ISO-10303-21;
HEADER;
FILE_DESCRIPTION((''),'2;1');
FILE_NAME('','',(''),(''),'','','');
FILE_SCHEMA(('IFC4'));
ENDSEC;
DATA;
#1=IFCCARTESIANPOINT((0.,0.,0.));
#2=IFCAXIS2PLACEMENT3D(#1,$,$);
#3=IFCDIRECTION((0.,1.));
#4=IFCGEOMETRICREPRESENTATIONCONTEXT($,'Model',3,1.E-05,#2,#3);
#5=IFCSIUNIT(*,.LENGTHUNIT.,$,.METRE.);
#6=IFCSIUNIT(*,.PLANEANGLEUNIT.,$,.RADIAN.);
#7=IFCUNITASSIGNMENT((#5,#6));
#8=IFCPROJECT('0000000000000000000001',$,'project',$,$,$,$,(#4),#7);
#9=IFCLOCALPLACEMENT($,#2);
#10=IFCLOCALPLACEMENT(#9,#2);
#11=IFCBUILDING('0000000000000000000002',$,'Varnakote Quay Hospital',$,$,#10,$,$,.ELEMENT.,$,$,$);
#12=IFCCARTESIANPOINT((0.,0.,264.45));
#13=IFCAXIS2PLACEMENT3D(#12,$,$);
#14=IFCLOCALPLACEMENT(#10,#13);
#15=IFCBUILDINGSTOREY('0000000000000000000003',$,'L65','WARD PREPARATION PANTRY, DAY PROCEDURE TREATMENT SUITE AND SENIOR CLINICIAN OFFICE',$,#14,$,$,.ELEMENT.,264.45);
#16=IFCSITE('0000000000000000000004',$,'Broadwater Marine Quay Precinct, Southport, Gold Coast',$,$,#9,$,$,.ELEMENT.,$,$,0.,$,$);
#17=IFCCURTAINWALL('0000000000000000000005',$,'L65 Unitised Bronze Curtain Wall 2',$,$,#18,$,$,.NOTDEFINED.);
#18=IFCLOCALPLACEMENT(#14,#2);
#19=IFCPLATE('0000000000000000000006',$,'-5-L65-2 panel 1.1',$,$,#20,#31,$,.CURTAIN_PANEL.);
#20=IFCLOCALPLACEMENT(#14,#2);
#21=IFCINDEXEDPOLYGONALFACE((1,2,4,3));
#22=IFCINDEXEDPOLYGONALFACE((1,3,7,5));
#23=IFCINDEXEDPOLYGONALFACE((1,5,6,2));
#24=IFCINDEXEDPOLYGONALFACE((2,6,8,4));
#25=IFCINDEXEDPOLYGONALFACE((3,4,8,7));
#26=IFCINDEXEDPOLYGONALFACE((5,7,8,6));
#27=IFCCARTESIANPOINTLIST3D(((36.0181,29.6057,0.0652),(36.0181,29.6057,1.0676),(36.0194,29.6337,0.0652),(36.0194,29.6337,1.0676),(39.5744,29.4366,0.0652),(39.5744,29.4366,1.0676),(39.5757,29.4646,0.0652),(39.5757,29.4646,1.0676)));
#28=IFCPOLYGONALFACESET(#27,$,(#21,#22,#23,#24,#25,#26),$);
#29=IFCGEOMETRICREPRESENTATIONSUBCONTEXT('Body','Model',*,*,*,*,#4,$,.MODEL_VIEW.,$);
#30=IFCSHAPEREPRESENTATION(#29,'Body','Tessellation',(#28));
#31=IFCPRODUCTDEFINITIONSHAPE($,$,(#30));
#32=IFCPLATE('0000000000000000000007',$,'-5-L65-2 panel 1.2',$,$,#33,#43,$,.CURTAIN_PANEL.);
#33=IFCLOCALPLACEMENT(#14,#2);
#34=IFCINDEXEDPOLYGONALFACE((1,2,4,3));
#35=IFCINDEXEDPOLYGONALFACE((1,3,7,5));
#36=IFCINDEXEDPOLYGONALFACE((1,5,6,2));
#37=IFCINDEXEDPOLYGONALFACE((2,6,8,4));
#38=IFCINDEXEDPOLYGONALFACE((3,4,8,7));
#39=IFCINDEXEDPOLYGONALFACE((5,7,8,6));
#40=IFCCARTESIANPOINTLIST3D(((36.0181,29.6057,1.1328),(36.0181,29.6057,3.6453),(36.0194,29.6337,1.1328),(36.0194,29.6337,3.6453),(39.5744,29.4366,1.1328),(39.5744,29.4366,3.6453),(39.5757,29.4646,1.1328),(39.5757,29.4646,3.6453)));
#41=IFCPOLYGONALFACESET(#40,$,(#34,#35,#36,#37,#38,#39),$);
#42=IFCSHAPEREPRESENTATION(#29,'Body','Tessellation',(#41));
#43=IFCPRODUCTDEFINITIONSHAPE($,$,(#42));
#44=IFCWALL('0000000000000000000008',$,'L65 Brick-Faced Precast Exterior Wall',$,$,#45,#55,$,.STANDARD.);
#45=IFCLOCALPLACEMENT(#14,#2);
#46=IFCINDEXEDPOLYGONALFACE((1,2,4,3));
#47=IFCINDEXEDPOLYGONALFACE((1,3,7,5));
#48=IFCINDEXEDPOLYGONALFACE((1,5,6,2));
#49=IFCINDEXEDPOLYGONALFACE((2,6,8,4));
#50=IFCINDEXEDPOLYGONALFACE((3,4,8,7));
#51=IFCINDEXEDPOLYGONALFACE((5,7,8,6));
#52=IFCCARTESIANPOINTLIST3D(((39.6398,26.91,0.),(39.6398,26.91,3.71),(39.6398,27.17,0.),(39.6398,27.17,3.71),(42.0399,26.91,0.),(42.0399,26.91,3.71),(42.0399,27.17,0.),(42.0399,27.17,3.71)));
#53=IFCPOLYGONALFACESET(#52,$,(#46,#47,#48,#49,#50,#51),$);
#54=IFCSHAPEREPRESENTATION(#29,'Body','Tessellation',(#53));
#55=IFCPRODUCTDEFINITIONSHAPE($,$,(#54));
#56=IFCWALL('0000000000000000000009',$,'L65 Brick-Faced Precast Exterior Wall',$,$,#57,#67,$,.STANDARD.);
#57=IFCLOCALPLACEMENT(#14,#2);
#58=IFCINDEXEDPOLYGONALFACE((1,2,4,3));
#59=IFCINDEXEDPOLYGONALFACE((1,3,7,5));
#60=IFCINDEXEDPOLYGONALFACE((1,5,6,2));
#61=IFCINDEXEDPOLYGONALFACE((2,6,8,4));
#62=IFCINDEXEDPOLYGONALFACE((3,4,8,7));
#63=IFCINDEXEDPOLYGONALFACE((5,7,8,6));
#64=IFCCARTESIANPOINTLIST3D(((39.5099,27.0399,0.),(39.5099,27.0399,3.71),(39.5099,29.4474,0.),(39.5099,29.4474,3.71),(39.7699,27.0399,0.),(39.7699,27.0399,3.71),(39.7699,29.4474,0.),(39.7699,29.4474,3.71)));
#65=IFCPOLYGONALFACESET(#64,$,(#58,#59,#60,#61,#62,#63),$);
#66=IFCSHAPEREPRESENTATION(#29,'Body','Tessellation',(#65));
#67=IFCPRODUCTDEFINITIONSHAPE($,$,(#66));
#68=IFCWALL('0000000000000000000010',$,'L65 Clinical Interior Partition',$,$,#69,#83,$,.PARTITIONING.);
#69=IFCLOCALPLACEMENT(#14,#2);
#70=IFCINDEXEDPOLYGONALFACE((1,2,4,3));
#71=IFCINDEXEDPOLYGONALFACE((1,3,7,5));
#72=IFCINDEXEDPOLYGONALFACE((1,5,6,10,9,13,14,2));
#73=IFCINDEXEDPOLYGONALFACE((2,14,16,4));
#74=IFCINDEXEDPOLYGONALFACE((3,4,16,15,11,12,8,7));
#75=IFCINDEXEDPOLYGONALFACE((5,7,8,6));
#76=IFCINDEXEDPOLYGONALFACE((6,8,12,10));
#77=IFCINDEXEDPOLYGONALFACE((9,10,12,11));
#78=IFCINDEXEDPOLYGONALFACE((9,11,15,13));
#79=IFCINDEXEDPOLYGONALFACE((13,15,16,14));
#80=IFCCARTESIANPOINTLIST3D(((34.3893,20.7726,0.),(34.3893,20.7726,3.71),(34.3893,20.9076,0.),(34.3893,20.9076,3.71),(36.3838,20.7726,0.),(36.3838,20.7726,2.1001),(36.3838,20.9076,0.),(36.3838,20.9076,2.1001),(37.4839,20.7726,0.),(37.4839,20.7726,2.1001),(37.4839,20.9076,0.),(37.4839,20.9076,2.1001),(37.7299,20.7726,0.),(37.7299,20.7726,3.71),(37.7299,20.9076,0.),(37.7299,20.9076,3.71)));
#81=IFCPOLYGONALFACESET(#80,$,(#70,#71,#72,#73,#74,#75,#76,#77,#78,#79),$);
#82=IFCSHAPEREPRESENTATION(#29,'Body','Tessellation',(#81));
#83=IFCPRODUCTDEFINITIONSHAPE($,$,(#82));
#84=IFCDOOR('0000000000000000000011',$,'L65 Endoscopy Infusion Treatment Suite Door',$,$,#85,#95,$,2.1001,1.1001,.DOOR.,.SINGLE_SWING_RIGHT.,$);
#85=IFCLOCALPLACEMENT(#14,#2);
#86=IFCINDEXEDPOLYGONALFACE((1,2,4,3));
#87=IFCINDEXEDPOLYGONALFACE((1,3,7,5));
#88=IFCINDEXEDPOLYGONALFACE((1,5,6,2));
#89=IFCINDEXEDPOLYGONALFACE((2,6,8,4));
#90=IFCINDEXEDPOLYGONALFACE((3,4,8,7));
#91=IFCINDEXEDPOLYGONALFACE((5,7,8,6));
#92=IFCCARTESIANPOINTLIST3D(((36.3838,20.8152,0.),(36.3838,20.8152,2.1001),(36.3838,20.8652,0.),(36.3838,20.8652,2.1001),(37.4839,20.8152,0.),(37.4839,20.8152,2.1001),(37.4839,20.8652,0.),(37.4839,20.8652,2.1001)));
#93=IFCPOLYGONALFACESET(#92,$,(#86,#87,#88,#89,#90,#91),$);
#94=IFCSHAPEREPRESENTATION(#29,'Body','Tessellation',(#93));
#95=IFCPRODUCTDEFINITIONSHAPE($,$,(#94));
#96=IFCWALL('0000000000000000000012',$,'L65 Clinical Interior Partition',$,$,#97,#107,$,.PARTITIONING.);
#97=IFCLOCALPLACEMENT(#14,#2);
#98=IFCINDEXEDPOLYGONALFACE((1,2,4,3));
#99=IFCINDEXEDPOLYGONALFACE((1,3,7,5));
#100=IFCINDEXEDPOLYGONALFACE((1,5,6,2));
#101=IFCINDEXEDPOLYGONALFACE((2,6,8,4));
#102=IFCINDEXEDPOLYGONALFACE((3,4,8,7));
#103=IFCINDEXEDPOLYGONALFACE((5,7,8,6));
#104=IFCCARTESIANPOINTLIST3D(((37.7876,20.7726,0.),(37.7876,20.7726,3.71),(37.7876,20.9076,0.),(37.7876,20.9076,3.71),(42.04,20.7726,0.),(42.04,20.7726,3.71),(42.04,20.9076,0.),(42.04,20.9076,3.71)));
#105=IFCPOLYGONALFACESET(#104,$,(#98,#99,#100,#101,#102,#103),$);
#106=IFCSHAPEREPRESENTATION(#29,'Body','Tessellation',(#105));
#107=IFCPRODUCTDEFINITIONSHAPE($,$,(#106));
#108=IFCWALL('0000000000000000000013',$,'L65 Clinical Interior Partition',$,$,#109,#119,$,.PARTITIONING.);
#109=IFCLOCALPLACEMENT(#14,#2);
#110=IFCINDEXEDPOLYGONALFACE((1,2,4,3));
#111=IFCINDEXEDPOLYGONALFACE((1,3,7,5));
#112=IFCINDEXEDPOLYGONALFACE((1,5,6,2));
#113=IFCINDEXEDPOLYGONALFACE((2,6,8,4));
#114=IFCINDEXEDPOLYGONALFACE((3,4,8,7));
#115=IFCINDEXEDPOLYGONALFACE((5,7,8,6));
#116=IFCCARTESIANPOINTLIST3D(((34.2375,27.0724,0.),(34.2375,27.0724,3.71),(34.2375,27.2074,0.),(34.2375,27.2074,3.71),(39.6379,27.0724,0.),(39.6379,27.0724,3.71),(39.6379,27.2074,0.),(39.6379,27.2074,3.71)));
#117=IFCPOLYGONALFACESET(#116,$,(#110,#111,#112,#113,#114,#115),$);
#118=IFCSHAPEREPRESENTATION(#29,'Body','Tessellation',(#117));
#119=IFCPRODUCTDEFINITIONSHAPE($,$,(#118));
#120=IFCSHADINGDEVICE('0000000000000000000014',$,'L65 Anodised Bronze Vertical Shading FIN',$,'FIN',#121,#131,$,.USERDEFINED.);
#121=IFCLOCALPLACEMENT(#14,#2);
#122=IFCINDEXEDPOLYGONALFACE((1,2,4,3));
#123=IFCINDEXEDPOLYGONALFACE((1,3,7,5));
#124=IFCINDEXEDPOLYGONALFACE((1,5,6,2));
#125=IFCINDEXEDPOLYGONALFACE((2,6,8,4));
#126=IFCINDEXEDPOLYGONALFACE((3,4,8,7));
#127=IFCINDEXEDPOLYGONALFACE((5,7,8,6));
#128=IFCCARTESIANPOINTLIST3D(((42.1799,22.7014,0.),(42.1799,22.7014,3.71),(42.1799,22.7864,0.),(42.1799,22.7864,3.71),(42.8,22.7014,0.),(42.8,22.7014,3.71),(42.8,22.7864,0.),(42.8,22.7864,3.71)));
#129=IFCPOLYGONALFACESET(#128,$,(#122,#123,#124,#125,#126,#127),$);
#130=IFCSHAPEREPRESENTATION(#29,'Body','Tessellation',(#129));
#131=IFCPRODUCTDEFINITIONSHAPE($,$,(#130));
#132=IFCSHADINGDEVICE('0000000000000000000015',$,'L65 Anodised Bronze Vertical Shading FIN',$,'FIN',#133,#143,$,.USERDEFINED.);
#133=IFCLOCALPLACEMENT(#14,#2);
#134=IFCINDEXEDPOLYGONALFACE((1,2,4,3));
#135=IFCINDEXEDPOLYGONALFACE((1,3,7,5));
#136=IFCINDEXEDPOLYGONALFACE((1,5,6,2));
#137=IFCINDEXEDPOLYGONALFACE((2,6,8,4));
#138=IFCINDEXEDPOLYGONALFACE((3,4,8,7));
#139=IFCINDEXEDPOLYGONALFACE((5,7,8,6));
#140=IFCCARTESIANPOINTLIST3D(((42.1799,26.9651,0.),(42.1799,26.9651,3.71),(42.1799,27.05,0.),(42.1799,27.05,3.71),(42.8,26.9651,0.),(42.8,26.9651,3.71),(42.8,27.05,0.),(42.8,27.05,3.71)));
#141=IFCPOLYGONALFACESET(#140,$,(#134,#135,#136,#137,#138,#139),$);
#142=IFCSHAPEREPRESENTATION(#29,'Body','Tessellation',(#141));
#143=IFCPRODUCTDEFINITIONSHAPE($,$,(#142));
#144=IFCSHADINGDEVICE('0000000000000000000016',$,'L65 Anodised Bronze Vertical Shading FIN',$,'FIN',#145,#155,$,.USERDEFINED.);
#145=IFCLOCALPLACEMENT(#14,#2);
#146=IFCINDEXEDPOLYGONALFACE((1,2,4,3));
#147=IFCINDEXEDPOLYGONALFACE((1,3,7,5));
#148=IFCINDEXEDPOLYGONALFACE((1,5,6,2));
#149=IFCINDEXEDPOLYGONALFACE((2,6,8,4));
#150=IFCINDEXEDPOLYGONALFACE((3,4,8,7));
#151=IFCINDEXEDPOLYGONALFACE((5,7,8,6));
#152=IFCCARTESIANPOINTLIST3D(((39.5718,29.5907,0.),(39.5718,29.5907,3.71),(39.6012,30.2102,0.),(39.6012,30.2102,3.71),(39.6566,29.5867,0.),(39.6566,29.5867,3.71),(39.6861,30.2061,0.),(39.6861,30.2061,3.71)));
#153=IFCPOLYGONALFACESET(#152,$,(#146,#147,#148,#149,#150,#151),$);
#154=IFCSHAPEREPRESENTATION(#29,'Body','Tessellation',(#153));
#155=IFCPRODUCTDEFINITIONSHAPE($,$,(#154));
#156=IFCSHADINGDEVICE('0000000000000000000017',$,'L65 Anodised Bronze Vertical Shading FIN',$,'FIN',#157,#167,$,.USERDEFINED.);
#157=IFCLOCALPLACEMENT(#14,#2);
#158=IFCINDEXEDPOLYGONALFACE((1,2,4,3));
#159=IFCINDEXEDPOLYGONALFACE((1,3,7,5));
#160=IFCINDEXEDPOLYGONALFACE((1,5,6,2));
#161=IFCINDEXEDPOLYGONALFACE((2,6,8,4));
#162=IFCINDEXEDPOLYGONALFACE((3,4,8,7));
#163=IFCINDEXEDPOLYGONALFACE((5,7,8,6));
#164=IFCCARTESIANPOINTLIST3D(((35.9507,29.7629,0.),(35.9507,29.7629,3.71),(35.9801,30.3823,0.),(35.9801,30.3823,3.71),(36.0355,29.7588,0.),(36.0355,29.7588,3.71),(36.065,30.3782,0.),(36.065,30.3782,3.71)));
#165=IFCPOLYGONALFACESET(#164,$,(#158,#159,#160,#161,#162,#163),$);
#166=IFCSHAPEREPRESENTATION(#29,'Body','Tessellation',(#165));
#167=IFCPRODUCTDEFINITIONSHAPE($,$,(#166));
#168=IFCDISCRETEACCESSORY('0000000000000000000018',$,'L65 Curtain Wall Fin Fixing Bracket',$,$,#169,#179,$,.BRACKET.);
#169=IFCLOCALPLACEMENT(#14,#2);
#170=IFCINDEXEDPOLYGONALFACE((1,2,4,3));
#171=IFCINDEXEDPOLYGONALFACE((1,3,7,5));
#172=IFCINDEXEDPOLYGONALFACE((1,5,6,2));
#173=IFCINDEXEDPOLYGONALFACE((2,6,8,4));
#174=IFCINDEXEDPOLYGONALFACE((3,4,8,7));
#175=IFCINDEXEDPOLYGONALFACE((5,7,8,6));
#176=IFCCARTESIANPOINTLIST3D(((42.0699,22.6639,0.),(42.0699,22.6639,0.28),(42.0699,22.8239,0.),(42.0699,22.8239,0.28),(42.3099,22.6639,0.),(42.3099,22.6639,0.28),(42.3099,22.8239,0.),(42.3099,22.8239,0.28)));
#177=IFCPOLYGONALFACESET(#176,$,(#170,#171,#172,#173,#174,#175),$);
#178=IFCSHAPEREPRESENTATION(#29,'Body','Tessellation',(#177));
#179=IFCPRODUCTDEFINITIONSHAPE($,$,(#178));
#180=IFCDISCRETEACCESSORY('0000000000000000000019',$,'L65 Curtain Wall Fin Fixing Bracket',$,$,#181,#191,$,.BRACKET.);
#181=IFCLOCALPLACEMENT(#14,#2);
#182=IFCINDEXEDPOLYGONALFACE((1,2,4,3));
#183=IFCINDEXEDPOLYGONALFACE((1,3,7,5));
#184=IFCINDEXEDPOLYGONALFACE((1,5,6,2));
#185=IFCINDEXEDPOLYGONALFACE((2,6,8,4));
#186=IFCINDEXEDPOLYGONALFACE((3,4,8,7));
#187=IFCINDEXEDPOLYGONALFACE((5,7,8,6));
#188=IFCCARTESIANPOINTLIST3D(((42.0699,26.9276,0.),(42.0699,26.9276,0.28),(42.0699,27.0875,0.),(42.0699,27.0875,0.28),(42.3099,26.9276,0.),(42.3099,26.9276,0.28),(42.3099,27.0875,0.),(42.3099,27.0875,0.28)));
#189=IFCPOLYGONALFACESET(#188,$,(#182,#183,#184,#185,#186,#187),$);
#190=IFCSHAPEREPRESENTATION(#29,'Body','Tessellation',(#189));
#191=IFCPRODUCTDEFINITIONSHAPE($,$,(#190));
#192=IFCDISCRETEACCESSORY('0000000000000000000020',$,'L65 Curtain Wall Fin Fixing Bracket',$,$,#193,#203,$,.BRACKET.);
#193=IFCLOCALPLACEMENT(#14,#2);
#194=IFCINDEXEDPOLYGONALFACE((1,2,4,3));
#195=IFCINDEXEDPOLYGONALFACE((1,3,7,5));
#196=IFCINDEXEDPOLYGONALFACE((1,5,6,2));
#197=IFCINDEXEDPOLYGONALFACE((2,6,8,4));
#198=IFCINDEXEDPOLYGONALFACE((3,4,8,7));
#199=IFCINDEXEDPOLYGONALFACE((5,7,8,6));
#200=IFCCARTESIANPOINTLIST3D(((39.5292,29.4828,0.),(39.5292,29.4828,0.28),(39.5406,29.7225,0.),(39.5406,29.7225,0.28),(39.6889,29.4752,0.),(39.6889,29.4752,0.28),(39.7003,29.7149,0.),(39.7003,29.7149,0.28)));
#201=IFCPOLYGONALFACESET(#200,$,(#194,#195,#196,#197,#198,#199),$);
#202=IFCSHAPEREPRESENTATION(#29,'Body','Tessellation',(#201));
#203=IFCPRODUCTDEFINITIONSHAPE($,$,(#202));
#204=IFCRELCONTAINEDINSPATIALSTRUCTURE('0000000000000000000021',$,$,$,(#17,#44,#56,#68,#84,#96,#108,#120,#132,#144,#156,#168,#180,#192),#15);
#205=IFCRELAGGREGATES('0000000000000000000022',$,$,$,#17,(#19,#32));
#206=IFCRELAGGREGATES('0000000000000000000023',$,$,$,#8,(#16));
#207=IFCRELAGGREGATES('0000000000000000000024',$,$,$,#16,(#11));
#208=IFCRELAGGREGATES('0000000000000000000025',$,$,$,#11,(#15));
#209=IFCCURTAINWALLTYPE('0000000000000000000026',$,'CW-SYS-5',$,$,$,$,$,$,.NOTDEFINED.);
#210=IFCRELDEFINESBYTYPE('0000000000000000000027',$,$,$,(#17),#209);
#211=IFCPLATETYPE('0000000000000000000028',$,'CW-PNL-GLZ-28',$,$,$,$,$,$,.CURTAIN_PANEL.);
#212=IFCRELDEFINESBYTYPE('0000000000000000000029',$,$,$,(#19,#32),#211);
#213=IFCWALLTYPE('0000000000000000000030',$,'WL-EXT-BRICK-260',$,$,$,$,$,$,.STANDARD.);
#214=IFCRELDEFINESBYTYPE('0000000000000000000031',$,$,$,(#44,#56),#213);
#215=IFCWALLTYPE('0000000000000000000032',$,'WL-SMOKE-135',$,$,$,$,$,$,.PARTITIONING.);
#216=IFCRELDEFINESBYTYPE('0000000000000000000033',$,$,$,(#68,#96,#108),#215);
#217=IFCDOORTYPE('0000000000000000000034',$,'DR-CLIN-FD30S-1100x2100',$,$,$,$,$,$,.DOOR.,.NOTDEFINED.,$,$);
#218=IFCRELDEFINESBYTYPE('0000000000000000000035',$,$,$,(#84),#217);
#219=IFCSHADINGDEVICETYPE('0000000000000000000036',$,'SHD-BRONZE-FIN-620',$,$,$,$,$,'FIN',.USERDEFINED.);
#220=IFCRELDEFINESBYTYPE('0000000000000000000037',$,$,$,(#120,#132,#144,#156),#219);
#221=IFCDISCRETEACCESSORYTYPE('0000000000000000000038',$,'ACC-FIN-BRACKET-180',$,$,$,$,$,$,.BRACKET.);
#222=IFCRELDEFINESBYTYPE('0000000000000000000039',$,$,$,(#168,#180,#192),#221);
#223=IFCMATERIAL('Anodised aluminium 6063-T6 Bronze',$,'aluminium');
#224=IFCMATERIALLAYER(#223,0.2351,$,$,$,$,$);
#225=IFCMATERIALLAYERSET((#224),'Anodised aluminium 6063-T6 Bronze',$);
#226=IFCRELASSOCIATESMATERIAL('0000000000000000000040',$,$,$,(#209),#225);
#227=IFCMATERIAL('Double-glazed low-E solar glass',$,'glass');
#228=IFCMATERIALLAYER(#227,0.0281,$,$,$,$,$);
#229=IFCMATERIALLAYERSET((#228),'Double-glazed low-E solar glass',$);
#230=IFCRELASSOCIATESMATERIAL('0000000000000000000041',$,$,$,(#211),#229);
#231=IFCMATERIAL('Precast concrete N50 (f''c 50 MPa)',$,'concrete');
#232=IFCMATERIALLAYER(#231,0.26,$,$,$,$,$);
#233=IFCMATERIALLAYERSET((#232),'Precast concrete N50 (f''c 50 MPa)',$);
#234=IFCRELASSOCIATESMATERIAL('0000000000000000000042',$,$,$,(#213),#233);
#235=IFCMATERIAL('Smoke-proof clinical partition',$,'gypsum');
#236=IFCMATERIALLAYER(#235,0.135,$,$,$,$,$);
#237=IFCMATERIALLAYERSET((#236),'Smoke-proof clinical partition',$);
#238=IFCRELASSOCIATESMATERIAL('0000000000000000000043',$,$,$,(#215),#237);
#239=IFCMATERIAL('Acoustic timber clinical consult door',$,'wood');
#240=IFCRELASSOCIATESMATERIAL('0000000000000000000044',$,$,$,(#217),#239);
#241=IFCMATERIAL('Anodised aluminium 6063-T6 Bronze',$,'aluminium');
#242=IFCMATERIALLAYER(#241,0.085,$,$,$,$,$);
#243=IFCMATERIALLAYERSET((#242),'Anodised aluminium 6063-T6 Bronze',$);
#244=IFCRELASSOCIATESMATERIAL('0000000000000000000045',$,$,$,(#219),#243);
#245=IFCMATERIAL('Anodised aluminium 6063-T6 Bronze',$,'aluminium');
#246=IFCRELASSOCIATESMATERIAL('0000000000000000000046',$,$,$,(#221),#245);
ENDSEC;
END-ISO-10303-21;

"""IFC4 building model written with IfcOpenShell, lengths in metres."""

from ifc_helpers import new_model, si_unit, direction, frame, frame_2d, origin, origin_2d, place, context, subcontext, project, spatial, rectangle, extrude, material, layer, layer_set, type_object, element, fill, aggregate, save


model = new_model("IFC4")

# Units and contexts
model_context = context("Model", 3, precision=1e-05, world=origin(), true_north=direction((0.0, 1.0)))
body_context = subcontext(model_context, "Body", "Model", "MODEL_VIEW")
ifc_project = project(units=[si_unit("LENGTHUNIT", "METRE"), si_unit("PLANEANGLEUNIT", "RADIAN")], contexts=[model_context])

# Site, building, storey
site_placement = place(None, origin())
site = spatial("IfcSite", under=ifc_project, at=site_placement, Name="Broadwater Marine Quay Precinct, Southport, Gold Coast", CompositionType="ELEMENT", RefElevation=0.0)
building_placement = place(site_placement, origin())
building = spatial("IfcBuilding", under=site, at=building_placement, Name="Varnakote Quay Hospital", CompositionType="ELEMENT")
storey_placement = place(building_placement, frame((0.0, 0.0, 264.45)))
storey = spatial("IfcBuildingStorey", under=building, at=storey_placement, Name="L65", Description="WARD PREPARATION PANTRY, DAY PROCEDURE TREATMENT SUITE AND SENIOR CLINICIAN OFFICE", CompositionType="ELEMENT", Elevation=264.45)

# Curtain wall
ifc_material_1 = material(Name="Anodised aluminium 6063-T6 Bronze", Category="aluminium")
ifc_layer_1 = layer(ifc_material_1, 0.2351)
ifc_layer_set_1 = layer_set([ifc_layer_1], Name="Anodised aluminium 6063-T6 Bronze")
curtain_wall_type = type_object("IfcCurtainWallType", Name="CW-SYS-5", PredefinedType="NOTDEFINED", material=ifc_layer_set_1)
curtain_wall_1_placement = place(storey_placement, origin())
curtain_wall_1 = element("IfcCurtainWall", 1, at=curtain_wall_1_placement, inside=storey, type_object=curtain_wall_type, Name="L65 Unitised Bronze Curtain Wall 2", PredefinedType="NOTDEFINED")

# Plates
ifc_material_2 = material(Name="Double-glazed low-E solar glass", Category="glass")
ifc_layer_2 = layer(ifc_material_2, 0.0281)
ifc_layer_set_2 = layer_set([ifc_layer_2], Name="Double-glazed low-E solar glass")
plate_type = type_object("IfcPlateType", Name="CW-PNL-GLZ-28", PredefinedType="CURTAIN_PANEL", material=ifc_layer_set_2)
plate_1_placement = place(storey_placement, frame((37.7969, 29.5352, 0.0652), z_axis=(0.0, 0.0, 1.0), x_axis=(-0.998871, 0.047497, 0.0)))
plate_1 = element("IfcPlate", 2, at=plate_1_placement, type_object=plate_type, Name="-5-L65-2 panel 1.1", PredefinedType="CURTAIN_PANEL", context=body_context, shape_type="SweptSolid", body=[
    extrude(rectangle(XDim=3.5603, YDim=0.0281, at=origin_2d()), origin(), (0.0, 0.0, 1.0), 1.0024),
])
plate_2_placement = place(storey_placement, frame((37.7969, 29.5352, 1.1328), z_axis=(0.0, 0.0, 1.0), x_axis=(-0.998871, 0.047497, 0.0)))
plate_2 = element("IfcPlate", 3, at=plate_2_placement, type_object=plate_type, Name="-5-L65-2 panel 1.2", PredefinedType="CURTAIN_PANEL", context=body_context, shape_type="SweptSolid", body=[
    extrude(rectangle(XDim=3.5603, YDim=0.0281, at=origin_2d()), origin(), (0.0, 0.0, 1.0), 2.5125),
])
aggregate(curtain_wall_1, [plate_1, plate_2])

# Walls
ifc_material_3 = material(Name="Precast concrete N50 (f'c 50 MPa)", Category="concrete")
ifc_layer_3 = layer(ifc_material_3, 0.26)
ifc_layer_set_3 = layer_set([ifc_layer_3], Name="Precast concrete N50 (f'c 50 MPa)")
wall_type_1 = type_object("IfcWallType", Name="WL-EXT-BRICK-260", PredefinedType="STANDARD", material=ifc_layer_set_3)
wall_1_placement = place(storey_placement, frame((42.04, 27.04, 0.0), z_axis=(0.0, 0.0, 1.0), x_axis=(-1.0, 0.0, 0.0)))
element("IfcWall", 4, at=wall_1_placement, inside=storey, type_object=wall_type_1, Name="L65 Brick-Faced Precast Exterior Wall", PredefinedType="STANDARD", context=body_context, shape_type="SweptSolid", body=[
    extrude(rectangle(XDim=2.4001, YDim=0.26, at=frame_2d((1.2002, 0.0))), origin(), (0.0, 0.0, 1.0), 3.71),
])
wall_2_placement = place(storey_placement, frame((39.6399, 27.04, 0.0), z_axis=(0.0, 0.0, 1.0), x_axis=(0.0, 1.0, 0.0)))
element("IfcWall", 5, at=wall_2_placement, inside=storey, type_object=wall_type_1, Name="L65 Brick-Faced Precast Exterior Wall", PredefinedType="STANDARD", context=body_context, shape_type="SweptSolid", body=[
    extrude(rectangle(XDim=2.4075, YDim=0.26, at=frame_2d((1.2036, 0.0))), origin(), (0.0, 0.0, 1.0), 3.71),
])

# Wall, opening, door
ifc_material_4 = material(Name="Smoke-proof clinical partition", Category="gypsum")
ifc_layer_4 = layer(ifc_material_4, 0.135)
ifc_layer_set_4 = layer_set([ifc_layer_4], Name="Smoke-proof clinical partition")
wall_type_2 = type_object("IfcWallType", Name="WL-SMOKE-135", PredefinedType="PARTITIONING", material=ifc_layer_set_4)
wall_3_placement = place(storey_placement, frame((37.73, 20.8401, 0.0), z_axis=(0.0, 0.0, 1.0), x_axis=(-1.0, 0.0, 0.0)))
wall_3 = element("IfcWall", 6, at=wall_3_placement, inside=storey, type_object=wall_type_2, Name="L65 Clinical Interior Partition", PredefinedType="PARTITIONING", context=body_context, shape_type="SweptSolid", body=[
    extrude(rectangle(XDim=3.3406, YDim=0.135, at=frame_2d((1.6704, 0.0))), origin(), (0.0, 0.0, 1.0), 3.71),
])
opening_placement = place(wall_3_placement, frame((0.2461, 0.0, 0.0)))
opening = element("IfcOpeningElement", 7, at=opening_placement, cuts=wall_3, PredefinedType="OPENING", context=body_context, shape_type="SweptSolid", body=[
    extrude(rectangle(XDim=1.1001, YDim=2.1001, at=frame_2d((0.55, 1.05))), frame((0.0, 0.0774, 0.0), z_axis=(0.0, -1.0, 0.0), x_axis=(1.0, 0.0, 0.0)), (0.0, 0.0, 1.0), 0.155),
])
ifc_material_5 = material(Name="Acoustic timber clinical consult door", Category="wood")
door_type = type_object("IfcDoorType", Name="DR-CLIN-FD30S-1100x2100", OperationType="NOTDEFINED", PredefinedType="DOOR", material=ifc_material_5)
door_placement = place(opening_placement, origin())
door = element("IfcDoor", 8, at=door_placement, inside=storey, type_object=door_type, Name="L65 Endoscopy Infusion Treatment Suite Door", OperationType="SINGLE_SWING_RIGHT", OverallHeight=2.1001, OverallWidth=1.1001, PredefinedType="DOOR", context=body_context, shape_type="SweptSolid", body=[
    extrude(rectangle(XDim=1.1001, YDim=2.1001, at=frame_2d((0.55, 1.05))), frame((0.0, 0.0249, 0.0), z_axis=(0.0, -1.0, 0.0), x_axis=(1.0, 0.0, 0.0)), (0.0, 0.0, 1.0), 0.05),
])
fill(opening, door)

# Walls
wall_4_placement = place(storey_placement, frame((42.04, 20.8401, 0.0), z_axis=(0.0, 0.0, 1.0), x_axis=(-1.0, 0.0, 0.0)))
element("IfcWall", 9, at=wall_4_placement, inside=storey, type_object=wall_type_2, Name="L65 Clinical Interior Partition", PredefinedType="PARTITIONING", context=body_context, shape_type="SweptSolid", body=[
    extrude(rectangle(XDim=4.2524, YDim=0.135, at=frame_2d((2.1262, 0.0))), origin(), (0.0, 0.0, 1.0), 3.71),
])
wall_5_placement = place(storey_placement, frame((39.6379, 27.1399, 0.0), z_axis=(0.0, 0.0, 1.0), x_axis=(-1.0, 0.0, 0.0)))
element("IfcWall", 10, at=wall_5_placement, inside=storey, type_object=wall_type_2, Name="L65 Clinical Interior Partition", PredefinedType="PARTITIONING", context=body_context, shape_type="SweptSolid", body=[
    extrude(rectangle(XDim=5.4004, YDim=0.135, at=frame_2d((2.7002, 0.0))), origin(), (0.0, 0.0, 1.0), 3.71),
])

# Shading devices
ifc_material_6 = material(Name="Anodised aluminium 6063-T6 Bronze", Category="aluminium")
ifc_layer_5 = layer(ifc_material_6, 0.085)
ifc_layer_set_5 = layer_set([ifc_layer_5], Name="Anodised aluminium 6063-T6 Bronze")
shading_device_type = type_object("IfcShadingDeviceType", Name="SHD-BRONZE-FIN-620", ElementType="FIN", PredefinedType="USERDEFINED", material=ifc_layer_set_5)
for number, where, z_axis, x_axis, name in (
    (11, (42.49, 22.7439, 0.0), (0.0, 0.0, 1.0), (-1.0, 0.0, 0.0), "L65 Anodised Bronze Vertical Shading FIN"),
    (12, (42.49, 27.0076, 0.0), (0.0, 0.0, 1.0), (-1.0, 0.0, 0.0), "L65 Anodised Bronze Vertical Shading FIN"),
    (13, (39.6289, 29.8984, 0.0), (0.0, 0.0, 1.0), (-0.047455, -0.998873, 0.0), "L65 Anodised Bronze Vertical Shading FIN"),
    (14, (36.0078, 30.0706, 0.0), (0.0, 0.0, 1.0), (-0.047455, -0.998873, 0.0), "L65 Anodised Bronze Vertical Shading FIN"),
):
    element("IfcShadingDevice", number, at=place(storey_placement, frame(where, z_axis=z_axis, x_axis=x_axis)), inside=storey, type_object=shading_device_type, Name=name, ObjectType="FIN", PredefinedType="USERDEFINED", context=body_context, shape_type="SweptSolid", body=[
        extrude(rectangle(XDim=0.6201, YDim=0.085, at=origin_2d()), origin(), (0.0, 0.0, 1.0), 3.71),
    ])

# Discrete accessories
ifc_material_7 = material(Name="Anodised aluminium 6063-T6 Bronze", Category="aluminium")
discrete_accessory_type = type_object("IfcDiscreteAccessoryType", Name="ACC-FIN-BRACKET-180", PredefinedType="BRACKET", material=ifc_material_7)
for number, where, z_axis, x_axis, name in (
    (15, (42.1899, 22.7439, 0.0), (0.0, 0.0, 1.0), (0.0, 1.0, 0.0), "L65 Curtain Wall Fin Fixing Bracket"),
    (16, (42.1899, 27.0076, 0.0), (0.0, 0.0, 1.0), (0.0, 1.0, 0.0), "L65 Curtain Wall Fin Fixing Bracket"),
    (17, (39.6147, 29.5989, 0.0), (0.0, 0.0, 1.0), (-0.998873, 0.047455, 0.0), "L65 Curtain Wall Fin Fixing Bracket"),
):
    element("IfcDiscreteAccessory", number, at=place(storey_placement, frame(where, z_axis=z_axis, x_axis=x_axis)), inside=storey, type_object=discrete_accessory_type, Name=name, PredefinedType="BRACKET", context=body_context, shape_type="SweptSolid", body=[
        extrude(rectangle(XDim=0.1599, YDim=0.24, at=origin_2d()), origin(), (0.0, 0.0, 1.0), 0.28),
    ])

save(model, "model.ifc")
